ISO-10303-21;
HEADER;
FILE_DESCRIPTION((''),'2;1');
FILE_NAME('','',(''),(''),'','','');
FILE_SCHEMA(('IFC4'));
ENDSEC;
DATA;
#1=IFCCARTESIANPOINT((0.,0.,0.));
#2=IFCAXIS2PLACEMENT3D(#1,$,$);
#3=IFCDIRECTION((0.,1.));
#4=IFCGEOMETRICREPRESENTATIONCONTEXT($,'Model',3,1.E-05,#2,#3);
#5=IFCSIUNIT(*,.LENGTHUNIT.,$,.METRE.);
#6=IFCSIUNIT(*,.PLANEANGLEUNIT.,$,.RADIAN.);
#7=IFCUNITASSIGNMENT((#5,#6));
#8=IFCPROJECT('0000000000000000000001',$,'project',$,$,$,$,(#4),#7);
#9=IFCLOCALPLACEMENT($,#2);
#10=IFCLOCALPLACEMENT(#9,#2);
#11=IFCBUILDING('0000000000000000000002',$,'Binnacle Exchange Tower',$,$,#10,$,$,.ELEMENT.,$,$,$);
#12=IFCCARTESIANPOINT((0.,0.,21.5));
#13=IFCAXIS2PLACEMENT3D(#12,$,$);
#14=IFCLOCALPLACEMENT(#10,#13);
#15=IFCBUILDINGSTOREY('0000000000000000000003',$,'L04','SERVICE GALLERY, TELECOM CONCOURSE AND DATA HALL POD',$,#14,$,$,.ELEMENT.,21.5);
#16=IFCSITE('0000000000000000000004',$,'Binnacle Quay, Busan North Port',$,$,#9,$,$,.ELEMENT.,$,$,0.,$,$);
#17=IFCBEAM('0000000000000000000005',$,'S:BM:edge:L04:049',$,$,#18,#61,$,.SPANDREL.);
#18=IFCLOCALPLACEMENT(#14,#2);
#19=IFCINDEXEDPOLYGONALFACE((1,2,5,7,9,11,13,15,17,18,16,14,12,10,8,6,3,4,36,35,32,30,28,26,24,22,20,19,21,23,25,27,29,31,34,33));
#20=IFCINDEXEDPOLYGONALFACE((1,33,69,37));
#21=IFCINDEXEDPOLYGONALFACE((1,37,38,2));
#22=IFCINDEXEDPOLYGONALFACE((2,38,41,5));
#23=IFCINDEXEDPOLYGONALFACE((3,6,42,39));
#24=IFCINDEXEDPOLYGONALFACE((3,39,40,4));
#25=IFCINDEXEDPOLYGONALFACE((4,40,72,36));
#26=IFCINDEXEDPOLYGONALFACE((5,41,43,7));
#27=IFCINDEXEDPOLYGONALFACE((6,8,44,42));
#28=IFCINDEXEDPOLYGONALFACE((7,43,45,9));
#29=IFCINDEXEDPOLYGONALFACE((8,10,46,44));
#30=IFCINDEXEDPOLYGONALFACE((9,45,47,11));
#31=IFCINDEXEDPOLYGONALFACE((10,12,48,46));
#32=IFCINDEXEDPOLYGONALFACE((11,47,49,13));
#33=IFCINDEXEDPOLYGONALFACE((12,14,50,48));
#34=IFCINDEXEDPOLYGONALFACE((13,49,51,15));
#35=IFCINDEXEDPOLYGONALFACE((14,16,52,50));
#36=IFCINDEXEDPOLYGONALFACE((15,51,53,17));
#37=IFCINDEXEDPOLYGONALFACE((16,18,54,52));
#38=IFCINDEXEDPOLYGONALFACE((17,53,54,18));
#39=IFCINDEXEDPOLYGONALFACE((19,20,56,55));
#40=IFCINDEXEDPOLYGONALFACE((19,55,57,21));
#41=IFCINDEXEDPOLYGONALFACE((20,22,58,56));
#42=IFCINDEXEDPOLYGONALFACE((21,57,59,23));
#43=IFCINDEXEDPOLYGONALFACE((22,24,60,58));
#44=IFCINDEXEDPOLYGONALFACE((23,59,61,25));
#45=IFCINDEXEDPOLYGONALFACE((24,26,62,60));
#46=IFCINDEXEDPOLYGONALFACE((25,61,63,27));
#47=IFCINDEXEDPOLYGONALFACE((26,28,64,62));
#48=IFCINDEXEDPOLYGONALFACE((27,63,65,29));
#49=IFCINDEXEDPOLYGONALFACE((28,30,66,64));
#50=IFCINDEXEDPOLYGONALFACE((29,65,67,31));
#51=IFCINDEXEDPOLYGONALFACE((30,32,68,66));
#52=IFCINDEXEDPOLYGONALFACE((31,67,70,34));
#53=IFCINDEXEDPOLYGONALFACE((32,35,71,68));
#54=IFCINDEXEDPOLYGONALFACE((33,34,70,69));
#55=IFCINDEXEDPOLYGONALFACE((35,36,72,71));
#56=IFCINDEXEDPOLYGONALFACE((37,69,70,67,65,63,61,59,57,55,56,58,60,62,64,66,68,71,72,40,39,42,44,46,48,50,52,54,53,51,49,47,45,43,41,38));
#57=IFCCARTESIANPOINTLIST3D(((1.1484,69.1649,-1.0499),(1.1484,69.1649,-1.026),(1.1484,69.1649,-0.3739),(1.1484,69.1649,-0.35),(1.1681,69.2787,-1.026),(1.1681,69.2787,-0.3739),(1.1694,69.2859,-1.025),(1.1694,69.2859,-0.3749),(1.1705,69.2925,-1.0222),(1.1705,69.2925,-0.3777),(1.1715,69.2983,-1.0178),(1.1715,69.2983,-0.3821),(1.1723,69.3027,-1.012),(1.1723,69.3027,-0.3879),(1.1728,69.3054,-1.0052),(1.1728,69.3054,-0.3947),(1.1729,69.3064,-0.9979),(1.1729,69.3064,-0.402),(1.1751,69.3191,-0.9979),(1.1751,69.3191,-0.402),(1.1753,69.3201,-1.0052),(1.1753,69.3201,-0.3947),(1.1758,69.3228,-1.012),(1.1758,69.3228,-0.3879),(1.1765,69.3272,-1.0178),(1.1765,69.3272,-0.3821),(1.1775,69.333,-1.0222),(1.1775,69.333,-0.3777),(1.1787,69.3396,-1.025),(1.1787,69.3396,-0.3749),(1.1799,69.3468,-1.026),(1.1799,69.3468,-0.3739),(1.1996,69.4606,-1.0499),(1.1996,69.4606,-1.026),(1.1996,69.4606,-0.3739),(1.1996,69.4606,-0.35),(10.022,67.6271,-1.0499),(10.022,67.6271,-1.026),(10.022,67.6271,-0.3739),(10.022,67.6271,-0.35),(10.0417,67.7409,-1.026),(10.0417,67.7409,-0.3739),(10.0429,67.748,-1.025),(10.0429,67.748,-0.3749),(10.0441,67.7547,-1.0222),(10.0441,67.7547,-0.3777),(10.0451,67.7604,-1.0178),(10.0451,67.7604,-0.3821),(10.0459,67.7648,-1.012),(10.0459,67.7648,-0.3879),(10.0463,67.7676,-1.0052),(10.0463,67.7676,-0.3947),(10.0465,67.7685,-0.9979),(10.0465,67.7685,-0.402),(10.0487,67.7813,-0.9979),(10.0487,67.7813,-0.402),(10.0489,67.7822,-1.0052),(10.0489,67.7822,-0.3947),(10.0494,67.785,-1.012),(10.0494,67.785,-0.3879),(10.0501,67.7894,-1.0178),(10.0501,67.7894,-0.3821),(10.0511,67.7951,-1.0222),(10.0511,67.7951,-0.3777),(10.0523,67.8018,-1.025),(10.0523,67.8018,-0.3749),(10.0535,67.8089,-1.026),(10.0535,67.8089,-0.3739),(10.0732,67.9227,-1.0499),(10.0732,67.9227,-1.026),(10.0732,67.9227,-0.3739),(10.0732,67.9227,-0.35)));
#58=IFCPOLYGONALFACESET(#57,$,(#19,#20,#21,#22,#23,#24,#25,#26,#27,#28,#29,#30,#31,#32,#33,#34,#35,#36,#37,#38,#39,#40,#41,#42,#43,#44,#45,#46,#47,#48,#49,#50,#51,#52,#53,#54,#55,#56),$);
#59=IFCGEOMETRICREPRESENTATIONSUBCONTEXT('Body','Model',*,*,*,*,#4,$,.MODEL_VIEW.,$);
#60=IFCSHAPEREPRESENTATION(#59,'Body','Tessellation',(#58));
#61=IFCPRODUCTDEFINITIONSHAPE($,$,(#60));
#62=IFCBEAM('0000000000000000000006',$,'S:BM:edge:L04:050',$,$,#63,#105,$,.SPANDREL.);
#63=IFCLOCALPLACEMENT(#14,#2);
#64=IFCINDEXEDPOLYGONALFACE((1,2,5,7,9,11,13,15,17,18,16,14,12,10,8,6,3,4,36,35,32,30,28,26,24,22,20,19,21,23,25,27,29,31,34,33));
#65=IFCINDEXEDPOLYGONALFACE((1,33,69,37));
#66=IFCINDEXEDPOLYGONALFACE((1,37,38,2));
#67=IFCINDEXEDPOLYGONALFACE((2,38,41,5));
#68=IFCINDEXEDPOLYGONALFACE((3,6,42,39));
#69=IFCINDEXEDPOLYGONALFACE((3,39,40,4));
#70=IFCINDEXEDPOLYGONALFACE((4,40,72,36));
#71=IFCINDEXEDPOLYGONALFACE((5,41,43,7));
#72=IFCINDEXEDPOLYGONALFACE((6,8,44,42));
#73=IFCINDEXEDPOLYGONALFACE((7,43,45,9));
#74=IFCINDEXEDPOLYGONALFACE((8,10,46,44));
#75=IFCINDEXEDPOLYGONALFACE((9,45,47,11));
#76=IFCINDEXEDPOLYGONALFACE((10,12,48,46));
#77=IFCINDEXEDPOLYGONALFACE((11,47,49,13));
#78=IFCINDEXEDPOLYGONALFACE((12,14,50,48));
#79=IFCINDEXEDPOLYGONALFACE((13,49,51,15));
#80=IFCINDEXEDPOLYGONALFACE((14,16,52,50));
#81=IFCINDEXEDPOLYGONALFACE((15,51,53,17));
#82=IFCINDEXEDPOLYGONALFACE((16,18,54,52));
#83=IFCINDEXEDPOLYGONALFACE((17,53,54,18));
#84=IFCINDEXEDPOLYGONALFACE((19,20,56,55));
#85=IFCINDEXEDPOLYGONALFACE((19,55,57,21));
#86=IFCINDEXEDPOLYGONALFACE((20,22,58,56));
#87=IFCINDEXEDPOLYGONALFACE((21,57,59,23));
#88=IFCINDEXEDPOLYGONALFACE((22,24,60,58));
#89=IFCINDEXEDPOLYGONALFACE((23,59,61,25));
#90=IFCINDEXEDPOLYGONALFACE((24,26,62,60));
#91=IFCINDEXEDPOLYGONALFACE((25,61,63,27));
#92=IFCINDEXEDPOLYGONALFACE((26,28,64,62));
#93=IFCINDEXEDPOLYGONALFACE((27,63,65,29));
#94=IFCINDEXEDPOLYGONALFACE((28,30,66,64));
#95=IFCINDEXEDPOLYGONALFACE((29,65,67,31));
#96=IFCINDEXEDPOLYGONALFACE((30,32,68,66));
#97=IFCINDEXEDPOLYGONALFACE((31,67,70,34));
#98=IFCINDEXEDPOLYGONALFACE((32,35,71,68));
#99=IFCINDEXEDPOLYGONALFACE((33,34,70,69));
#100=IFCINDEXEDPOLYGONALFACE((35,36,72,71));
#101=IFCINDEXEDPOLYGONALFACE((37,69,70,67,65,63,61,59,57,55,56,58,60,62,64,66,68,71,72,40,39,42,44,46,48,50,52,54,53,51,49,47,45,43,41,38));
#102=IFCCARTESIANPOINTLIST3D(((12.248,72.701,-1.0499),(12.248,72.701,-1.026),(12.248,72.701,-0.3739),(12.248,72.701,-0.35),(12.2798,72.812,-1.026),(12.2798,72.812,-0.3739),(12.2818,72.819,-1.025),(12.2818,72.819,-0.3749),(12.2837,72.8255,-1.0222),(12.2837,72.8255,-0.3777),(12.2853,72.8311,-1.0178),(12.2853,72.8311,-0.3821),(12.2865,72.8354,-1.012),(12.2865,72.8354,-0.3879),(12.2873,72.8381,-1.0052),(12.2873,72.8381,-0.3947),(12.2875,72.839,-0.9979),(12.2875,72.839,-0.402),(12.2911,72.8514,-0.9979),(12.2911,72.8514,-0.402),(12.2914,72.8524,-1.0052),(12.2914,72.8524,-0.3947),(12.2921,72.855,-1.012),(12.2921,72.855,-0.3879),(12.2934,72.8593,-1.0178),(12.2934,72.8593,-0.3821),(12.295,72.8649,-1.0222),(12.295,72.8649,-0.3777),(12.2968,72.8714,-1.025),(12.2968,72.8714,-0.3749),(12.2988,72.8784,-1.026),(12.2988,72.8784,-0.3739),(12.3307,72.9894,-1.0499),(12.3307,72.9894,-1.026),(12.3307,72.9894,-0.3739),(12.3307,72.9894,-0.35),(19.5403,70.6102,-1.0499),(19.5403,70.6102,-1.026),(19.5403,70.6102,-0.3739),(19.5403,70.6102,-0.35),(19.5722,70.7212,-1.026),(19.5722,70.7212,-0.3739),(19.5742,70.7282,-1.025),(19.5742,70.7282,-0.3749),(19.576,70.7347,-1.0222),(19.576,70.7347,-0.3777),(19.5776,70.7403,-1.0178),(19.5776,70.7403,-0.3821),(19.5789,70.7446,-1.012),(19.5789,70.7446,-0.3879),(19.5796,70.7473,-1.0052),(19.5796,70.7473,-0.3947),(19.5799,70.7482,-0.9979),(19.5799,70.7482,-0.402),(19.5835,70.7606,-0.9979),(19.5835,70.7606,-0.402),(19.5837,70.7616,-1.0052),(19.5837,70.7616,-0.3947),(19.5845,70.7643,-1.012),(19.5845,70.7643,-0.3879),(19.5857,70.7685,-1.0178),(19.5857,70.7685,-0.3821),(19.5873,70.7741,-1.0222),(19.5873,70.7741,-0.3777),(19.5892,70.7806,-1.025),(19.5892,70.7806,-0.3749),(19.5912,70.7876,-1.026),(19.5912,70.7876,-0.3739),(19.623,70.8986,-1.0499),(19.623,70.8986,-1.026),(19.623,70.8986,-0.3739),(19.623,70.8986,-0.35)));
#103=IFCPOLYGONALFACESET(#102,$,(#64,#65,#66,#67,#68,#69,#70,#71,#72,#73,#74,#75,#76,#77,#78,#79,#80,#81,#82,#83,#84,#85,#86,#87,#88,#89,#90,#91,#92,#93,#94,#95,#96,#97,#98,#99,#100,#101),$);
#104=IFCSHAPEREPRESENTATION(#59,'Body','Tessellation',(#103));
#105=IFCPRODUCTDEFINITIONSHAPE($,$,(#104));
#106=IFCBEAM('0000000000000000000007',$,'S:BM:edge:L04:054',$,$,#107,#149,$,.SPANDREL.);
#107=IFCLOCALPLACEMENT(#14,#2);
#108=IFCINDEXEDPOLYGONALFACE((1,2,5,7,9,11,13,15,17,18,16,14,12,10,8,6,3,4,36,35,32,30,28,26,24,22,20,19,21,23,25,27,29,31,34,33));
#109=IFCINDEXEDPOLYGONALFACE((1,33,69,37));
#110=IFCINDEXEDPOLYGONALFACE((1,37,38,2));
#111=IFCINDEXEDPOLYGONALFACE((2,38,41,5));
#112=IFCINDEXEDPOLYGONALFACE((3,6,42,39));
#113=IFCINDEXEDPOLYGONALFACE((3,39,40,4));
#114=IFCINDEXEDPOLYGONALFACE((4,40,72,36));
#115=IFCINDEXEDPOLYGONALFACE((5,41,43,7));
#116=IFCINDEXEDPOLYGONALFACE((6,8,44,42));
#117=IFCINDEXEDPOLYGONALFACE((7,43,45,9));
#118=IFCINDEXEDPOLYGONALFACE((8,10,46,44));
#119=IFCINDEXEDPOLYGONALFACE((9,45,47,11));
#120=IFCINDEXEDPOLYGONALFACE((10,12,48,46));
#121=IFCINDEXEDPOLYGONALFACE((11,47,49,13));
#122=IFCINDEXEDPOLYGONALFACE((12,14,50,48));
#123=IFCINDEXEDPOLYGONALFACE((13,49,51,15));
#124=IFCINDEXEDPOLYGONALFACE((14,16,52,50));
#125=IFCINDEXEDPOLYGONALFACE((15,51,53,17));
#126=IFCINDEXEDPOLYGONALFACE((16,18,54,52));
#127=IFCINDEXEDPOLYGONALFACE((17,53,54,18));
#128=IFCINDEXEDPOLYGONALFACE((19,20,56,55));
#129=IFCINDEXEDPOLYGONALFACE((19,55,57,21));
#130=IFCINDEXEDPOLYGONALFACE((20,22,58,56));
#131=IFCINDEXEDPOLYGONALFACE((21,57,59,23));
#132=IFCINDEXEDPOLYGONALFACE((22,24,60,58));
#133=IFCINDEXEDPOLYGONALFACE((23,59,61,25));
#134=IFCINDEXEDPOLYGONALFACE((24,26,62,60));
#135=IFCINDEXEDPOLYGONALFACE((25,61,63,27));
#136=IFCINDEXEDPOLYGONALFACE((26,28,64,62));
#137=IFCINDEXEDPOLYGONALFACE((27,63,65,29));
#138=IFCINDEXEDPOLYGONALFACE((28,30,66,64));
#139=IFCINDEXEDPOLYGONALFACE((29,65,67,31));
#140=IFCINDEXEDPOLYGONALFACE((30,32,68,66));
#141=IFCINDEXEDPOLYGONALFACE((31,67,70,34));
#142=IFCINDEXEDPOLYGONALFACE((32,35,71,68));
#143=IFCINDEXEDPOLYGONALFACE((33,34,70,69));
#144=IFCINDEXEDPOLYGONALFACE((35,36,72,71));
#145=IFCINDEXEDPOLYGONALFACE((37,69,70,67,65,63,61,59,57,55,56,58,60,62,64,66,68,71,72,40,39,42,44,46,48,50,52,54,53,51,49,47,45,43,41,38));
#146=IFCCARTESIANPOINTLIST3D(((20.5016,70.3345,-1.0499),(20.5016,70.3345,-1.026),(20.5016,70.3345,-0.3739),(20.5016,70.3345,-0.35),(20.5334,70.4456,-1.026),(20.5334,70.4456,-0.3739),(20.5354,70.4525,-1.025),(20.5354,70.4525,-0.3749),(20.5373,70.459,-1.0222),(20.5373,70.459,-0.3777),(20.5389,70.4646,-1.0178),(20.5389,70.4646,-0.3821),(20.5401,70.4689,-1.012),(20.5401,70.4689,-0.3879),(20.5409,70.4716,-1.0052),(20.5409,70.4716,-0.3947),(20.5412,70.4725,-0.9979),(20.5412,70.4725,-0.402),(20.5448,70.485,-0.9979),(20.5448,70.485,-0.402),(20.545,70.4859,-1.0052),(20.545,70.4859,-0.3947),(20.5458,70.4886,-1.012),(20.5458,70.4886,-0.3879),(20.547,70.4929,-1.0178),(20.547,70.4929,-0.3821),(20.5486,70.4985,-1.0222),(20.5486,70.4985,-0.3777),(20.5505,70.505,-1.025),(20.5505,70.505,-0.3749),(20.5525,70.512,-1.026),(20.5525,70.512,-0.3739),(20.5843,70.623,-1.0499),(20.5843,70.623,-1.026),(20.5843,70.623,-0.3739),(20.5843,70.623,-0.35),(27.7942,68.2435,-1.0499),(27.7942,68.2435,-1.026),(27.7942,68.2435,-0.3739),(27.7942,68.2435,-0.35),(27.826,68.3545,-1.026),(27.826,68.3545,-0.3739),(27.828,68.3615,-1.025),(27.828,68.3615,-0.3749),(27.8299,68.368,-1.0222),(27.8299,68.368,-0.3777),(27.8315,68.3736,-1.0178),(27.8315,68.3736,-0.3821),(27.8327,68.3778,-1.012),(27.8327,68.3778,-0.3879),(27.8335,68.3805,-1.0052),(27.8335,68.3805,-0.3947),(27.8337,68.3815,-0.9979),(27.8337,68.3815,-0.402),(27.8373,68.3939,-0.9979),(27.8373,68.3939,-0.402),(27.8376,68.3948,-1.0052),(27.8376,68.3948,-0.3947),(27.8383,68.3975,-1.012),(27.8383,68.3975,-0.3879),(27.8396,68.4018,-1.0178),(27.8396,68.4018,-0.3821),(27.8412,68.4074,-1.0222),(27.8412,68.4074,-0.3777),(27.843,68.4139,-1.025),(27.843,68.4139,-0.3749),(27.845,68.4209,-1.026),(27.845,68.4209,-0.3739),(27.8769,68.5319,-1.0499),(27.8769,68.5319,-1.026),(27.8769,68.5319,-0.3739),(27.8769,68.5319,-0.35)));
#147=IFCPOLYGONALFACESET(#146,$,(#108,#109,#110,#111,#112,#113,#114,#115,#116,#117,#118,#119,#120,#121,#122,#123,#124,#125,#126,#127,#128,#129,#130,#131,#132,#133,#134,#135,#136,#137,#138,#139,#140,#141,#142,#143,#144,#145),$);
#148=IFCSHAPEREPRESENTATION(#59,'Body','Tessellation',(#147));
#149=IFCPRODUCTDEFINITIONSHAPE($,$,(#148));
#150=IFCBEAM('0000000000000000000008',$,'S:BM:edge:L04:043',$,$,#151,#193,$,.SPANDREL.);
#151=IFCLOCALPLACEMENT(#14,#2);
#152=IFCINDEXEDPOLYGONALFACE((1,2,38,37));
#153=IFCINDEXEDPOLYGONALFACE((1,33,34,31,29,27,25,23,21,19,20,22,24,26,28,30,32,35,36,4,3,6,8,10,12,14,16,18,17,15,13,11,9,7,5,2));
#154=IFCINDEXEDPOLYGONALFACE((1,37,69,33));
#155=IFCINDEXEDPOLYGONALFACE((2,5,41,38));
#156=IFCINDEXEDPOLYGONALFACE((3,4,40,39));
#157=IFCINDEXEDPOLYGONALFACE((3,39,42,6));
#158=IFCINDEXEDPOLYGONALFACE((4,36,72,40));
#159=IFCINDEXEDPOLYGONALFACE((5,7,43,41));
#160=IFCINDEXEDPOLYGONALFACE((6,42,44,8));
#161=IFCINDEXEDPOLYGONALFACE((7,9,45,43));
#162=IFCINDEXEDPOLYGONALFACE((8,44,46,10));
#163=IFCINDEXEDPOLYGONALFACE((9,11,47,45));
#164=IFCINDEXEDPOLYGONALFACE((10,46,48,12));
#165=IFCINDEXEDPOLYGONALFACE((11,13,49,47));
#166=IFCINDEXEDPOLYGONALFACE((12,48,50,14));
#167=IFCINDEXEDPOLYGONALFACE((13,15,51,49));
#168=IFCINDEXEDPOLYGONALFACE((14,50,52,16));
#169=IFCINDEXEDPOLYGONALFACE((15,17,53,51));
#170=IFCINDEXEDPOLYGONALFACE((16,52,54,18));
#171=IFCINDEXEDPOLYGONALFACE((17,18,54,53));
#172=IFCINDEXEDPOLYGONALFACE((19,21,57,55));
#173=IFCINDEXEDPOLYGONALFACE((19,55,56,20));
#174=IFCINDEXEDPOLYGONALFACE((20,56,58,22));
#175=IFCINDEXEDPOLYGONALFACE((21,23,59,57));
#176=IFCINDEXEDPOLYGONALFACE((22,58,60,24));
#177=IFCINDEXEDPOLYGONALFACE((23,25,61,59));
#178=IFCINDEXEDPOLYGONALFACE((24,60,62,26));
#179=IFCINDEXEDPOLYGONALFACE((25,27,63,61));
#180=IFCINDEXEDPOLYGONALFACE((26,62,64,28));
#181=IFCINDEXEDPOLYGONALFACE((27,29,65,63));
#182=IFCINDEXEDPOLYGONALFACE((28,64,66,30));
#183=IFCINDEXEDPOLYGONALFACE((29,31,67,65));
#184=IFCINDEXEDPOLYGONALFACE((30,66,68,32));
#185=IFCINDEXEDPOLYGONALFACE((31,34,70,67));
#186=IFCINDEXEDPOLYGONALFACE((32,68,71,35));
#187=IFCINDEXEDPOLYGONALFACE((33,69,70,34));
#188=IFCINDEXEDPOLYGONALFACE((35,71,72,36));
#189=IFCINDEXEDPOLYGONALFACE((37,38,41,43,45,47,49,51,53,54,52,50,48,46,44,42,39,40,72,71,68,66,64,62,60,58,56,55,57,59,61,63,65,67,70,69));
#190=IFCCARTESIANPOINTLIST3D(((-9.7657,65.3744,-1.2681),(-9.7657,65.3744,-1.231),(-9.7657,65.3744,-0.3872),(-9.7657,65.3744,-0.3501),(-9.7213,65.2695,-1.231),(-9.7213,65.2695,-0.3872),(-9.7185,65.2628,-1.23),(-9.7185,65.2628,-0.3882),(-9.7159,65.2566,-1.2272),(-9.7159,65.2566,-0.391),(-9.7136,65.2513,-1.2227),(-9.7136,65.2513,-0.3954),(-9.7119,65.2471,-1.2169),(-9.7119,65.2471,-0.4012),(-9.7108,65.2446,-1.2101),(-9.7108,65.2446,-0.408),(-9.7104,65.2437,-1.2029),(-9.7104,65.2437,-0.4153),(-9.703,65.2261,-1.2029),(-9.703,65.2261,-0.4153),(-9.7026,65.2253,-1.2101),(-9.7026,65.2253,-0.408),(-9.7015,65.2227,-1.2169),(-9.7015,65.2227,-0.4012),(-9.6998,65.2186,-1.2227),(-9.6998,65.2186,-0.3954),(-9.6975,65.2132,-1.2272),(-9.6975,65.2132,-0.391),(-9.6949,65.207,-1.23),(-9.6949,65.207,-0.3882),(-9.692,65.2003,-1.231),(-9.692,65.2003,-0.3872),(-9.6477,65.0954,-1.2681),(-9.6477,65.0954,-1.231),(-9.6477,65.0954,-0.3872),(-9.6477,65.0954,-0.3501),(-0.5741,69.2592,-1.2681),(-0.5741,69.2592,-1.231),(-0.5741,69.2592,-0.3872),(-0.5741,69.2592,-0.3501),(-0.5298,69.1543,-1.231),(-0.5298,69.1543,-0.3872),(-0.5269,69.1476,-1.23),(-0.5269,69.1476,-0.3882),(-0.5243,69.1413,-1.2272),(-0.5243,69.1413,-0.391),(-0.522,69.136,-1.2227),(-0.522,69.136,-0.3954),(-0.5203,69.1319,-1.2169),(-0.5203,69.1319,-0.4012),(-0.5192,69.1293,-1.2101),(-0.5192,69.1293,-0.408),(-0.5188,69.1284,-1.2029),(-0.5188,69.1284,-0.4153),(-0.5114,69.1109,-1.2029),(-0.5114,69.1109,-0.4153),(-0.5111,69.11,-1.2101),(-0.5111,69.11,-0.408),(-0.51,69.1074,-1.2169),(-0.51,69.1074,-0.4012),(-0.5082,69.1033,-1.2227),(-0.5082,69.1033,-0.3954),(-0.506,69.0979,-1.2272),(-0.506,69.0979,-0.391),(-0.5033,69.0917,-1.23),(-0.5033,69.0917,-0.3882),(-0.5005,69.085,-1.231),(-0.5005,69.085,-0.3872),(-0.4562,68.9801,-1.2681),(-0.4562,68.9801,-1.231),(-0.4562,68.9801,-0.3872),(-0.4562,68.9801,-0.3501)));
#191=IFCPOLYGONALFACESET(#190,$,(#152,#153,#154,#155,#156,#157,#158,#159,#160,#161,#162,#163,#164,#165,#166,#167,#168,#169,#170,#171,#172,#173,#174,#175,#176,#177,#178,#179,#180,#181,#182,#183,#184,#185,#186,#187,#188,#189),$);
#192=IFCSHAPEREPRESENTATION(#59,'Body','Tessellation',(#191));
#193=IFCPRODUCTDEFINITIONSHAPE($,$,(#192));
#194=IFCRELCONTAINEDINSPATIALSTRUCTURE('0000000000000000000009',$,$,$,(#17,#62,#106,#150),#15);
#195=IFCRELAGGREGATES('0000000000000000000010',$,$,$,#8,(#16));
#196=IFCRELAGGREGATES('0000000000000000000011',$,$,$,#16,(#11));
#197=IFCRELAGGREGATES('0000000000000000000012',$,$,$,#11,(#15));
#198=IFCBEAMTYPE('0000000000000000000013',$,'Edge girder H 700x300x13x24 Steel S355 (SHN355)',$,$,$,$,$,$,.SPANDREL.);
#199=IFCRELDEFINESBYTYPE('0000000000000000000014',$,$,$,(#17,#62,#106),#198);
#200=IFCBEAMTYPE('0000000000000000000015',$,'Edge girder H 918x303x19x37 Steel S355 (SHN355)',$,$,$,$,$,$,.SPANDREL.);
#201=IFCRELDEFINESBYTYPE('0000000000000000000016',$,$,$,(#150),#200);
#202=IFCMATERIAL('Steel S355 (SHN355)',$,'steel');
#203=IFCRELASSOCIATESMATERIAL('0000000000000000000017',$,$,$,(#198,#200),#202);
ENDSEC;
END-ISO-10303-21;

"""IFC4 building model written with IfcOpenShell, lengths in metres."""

from ifc_helpers import new_model, si_unit, direction, frame, origin, origin_2d, place, context, subcontext, project, spatial, i_section, extrude, material, material_profile, profile_set, type_object, element, save


model = new_model("IFC4")

# Units and contexts
model_context = context("Model", 3, precision=1e-05, world=origin(), true_north=direction((0.0, 1.0)))
body_context = subcontext(model_context, "Body", "Model", "MODEL_VIEW")
ifc_project = project(units=[si_unit("LENGTHUNIT", "METRE"), si_unit("PLANEANGLEUNIT", "RADIAN")], contexts=[model_context])

# Site, building, storey
site_placement = place(None, origin())
site = spatial("IfcSite", under=ifc_project, at=site_placement, Name="Binnacle Quay, Busan North Port", CompositionType="ELEMENT", RefElevation=0.0)
building_placement = place(site_placement, origin())
building = spatial("IfcBuilding", under=site, at=building_placement, Name="Binnacle Exchange Tower", CompositionType="ELEMENT")
storey_placement = place(building_placement, frame((0.0, 0.0, 21.5)))
storey = spatial("IfcBuildingStorey", under=building, at=storey_placement, Name="L04", Description="SERVICE GALLERY, TELECOM CONCOURSE AND DATA HALL POD", CompositionType="ELEMENT", Elevation=21.5)

# Beams
ifc_material_1 = material(Name="Steel S355 (SHN355)", Category="steel")
ifc_material_profile_1 = material_profile(ifc_material_1, i_section(OverallWidth=0.3, OverallDepth=0.7, WebThickness=0.0129, FlangeThickness=0.0239, FilletRadius=0.0281, at=origin_2d()), Name="H 700x300x13x24")
ifc_profile_set_1 = profile_set([ifc_material_profile_1], Name="Steel S355 (SHN355)")
beam_type_1 = type_object("IfcBeamType", Name="Edge girder H 700x300x13x24 Steel S355 (SHN355)", PredefinedType="SPANDREL", material=ifc_profile_set_1)
beam_1_placement = place(storey_placement, frame((10.0476, 67.7749, -0.7), z_axis=(-0.985312, 0.170761, 0.0), x_axis=(-0.170761, -0.985312, 0.0)))
element("IfcBeam", 1, at=beam_1_placement, inside=storey, type_object=beam_type_1, Name="S:BM:edge:L04:049", PredefinedType="SPANDREL", context=body_context, shape_type="SweptSolid", body=[
    extrude(i_section(OverallWidth=0.3, OverallDepth=0.7, WebThickness=0.0129, FlangeThickness=0.0239, FilletRadius=0.0281, at=origin_2d()), origin(), (0.0, 0.0, 1.0), 9.0059),
])
beam_2_placement = place(storey_placement, frame((12.2893, 72.8452, -0.7), z_axis=(0.961271, -0.275605, 0.0), x_axis=(0.275605, 0.961271, 0.0)))
element("IfcBeam", 2, at=beam_2_placement, inside=storey, type_object=beam_type_1, Name="S:BM:edge:L04:050", PredefinedType="SPANDREL", context=body_context, shape_type="SweptSolid", body=[
    extrude(i_section(OverallWidth=0.3, OverallDepth=0.7, WebThickness=0.0129, FlangeThickness=0.0239, FilletRadius=0.0281, at=origin_2d()), origin(), (0.0, 0.0, 1.0), 7.5862),
])
beam_3_placement = place(storey_placement, frame((20.543, 70.4788, -0.7), z_axis=(0.961262, -0.275635, 0.0), x_axis=(0.275635, 0.961262, 0.0)))
element("IfcBeam", 3, at=beam_3_placement, inside=storey, type_object=beam_type_1, Name="S:BM:edge:L04:054", PredefinedType="SPANDREL", context=body_context, shape_type="SweptSolid", body=[
    extrude(i_section(OverallWidth=0.3, OverallDepth=0.7, WebThickness=0.0129, FlangeThickness=0.0239, FilletRadius=0.0281, at=origin_2d()), origin(), (0.0, 0.0, 1.0), 7.5864),
])
ifc_material_profile_2 = material_profile(ifc_material_1, i_section(OverallWidth=0.303, OverallDepth=0.918, WebThickness=0.019, FlangeThickness=0.0371, FilletRadius=0.0281, at=origin_2d()), Name="H 918x303x19x37")
ifc_profile_set_2 = profile_set([ifc_material_profile_2], Name="Steel S355 (SHN355)")
beam_type_2 = type_object("IfcBeamType", Name="Edge girder H 918x303x19x37 Steel S355 (SHN355)", PredefinedType="SPANDREL", material=ifc_profile_set_2)
beam_4_placement = place(storey_placement, frame((-0.5151, 69.1196, -0.8091), z_axis=(-0.921111, -0.389299, 0.0), x_axis=(0.389299, -0.921111, 0.0)))
element("IfcBeam", 4, at=beam_4_placement, inside=storey, type_object=beam_type_2, Name="S:BM:edge:L04:043", PredefinedType="SPANDREL", context=body_context, shape_type="SweptSolid", body=[
    extrude(i_section(OverallWidth=0.303, OverallDepth=0.918, WebThickness=0.019, FlangeThickness=0.0371, FilletRadius=0.0281, at=origin_2d()), origin(), (0.0, 0.0, 1.0), 9.9788),
])

save(model, "model.ifc")
